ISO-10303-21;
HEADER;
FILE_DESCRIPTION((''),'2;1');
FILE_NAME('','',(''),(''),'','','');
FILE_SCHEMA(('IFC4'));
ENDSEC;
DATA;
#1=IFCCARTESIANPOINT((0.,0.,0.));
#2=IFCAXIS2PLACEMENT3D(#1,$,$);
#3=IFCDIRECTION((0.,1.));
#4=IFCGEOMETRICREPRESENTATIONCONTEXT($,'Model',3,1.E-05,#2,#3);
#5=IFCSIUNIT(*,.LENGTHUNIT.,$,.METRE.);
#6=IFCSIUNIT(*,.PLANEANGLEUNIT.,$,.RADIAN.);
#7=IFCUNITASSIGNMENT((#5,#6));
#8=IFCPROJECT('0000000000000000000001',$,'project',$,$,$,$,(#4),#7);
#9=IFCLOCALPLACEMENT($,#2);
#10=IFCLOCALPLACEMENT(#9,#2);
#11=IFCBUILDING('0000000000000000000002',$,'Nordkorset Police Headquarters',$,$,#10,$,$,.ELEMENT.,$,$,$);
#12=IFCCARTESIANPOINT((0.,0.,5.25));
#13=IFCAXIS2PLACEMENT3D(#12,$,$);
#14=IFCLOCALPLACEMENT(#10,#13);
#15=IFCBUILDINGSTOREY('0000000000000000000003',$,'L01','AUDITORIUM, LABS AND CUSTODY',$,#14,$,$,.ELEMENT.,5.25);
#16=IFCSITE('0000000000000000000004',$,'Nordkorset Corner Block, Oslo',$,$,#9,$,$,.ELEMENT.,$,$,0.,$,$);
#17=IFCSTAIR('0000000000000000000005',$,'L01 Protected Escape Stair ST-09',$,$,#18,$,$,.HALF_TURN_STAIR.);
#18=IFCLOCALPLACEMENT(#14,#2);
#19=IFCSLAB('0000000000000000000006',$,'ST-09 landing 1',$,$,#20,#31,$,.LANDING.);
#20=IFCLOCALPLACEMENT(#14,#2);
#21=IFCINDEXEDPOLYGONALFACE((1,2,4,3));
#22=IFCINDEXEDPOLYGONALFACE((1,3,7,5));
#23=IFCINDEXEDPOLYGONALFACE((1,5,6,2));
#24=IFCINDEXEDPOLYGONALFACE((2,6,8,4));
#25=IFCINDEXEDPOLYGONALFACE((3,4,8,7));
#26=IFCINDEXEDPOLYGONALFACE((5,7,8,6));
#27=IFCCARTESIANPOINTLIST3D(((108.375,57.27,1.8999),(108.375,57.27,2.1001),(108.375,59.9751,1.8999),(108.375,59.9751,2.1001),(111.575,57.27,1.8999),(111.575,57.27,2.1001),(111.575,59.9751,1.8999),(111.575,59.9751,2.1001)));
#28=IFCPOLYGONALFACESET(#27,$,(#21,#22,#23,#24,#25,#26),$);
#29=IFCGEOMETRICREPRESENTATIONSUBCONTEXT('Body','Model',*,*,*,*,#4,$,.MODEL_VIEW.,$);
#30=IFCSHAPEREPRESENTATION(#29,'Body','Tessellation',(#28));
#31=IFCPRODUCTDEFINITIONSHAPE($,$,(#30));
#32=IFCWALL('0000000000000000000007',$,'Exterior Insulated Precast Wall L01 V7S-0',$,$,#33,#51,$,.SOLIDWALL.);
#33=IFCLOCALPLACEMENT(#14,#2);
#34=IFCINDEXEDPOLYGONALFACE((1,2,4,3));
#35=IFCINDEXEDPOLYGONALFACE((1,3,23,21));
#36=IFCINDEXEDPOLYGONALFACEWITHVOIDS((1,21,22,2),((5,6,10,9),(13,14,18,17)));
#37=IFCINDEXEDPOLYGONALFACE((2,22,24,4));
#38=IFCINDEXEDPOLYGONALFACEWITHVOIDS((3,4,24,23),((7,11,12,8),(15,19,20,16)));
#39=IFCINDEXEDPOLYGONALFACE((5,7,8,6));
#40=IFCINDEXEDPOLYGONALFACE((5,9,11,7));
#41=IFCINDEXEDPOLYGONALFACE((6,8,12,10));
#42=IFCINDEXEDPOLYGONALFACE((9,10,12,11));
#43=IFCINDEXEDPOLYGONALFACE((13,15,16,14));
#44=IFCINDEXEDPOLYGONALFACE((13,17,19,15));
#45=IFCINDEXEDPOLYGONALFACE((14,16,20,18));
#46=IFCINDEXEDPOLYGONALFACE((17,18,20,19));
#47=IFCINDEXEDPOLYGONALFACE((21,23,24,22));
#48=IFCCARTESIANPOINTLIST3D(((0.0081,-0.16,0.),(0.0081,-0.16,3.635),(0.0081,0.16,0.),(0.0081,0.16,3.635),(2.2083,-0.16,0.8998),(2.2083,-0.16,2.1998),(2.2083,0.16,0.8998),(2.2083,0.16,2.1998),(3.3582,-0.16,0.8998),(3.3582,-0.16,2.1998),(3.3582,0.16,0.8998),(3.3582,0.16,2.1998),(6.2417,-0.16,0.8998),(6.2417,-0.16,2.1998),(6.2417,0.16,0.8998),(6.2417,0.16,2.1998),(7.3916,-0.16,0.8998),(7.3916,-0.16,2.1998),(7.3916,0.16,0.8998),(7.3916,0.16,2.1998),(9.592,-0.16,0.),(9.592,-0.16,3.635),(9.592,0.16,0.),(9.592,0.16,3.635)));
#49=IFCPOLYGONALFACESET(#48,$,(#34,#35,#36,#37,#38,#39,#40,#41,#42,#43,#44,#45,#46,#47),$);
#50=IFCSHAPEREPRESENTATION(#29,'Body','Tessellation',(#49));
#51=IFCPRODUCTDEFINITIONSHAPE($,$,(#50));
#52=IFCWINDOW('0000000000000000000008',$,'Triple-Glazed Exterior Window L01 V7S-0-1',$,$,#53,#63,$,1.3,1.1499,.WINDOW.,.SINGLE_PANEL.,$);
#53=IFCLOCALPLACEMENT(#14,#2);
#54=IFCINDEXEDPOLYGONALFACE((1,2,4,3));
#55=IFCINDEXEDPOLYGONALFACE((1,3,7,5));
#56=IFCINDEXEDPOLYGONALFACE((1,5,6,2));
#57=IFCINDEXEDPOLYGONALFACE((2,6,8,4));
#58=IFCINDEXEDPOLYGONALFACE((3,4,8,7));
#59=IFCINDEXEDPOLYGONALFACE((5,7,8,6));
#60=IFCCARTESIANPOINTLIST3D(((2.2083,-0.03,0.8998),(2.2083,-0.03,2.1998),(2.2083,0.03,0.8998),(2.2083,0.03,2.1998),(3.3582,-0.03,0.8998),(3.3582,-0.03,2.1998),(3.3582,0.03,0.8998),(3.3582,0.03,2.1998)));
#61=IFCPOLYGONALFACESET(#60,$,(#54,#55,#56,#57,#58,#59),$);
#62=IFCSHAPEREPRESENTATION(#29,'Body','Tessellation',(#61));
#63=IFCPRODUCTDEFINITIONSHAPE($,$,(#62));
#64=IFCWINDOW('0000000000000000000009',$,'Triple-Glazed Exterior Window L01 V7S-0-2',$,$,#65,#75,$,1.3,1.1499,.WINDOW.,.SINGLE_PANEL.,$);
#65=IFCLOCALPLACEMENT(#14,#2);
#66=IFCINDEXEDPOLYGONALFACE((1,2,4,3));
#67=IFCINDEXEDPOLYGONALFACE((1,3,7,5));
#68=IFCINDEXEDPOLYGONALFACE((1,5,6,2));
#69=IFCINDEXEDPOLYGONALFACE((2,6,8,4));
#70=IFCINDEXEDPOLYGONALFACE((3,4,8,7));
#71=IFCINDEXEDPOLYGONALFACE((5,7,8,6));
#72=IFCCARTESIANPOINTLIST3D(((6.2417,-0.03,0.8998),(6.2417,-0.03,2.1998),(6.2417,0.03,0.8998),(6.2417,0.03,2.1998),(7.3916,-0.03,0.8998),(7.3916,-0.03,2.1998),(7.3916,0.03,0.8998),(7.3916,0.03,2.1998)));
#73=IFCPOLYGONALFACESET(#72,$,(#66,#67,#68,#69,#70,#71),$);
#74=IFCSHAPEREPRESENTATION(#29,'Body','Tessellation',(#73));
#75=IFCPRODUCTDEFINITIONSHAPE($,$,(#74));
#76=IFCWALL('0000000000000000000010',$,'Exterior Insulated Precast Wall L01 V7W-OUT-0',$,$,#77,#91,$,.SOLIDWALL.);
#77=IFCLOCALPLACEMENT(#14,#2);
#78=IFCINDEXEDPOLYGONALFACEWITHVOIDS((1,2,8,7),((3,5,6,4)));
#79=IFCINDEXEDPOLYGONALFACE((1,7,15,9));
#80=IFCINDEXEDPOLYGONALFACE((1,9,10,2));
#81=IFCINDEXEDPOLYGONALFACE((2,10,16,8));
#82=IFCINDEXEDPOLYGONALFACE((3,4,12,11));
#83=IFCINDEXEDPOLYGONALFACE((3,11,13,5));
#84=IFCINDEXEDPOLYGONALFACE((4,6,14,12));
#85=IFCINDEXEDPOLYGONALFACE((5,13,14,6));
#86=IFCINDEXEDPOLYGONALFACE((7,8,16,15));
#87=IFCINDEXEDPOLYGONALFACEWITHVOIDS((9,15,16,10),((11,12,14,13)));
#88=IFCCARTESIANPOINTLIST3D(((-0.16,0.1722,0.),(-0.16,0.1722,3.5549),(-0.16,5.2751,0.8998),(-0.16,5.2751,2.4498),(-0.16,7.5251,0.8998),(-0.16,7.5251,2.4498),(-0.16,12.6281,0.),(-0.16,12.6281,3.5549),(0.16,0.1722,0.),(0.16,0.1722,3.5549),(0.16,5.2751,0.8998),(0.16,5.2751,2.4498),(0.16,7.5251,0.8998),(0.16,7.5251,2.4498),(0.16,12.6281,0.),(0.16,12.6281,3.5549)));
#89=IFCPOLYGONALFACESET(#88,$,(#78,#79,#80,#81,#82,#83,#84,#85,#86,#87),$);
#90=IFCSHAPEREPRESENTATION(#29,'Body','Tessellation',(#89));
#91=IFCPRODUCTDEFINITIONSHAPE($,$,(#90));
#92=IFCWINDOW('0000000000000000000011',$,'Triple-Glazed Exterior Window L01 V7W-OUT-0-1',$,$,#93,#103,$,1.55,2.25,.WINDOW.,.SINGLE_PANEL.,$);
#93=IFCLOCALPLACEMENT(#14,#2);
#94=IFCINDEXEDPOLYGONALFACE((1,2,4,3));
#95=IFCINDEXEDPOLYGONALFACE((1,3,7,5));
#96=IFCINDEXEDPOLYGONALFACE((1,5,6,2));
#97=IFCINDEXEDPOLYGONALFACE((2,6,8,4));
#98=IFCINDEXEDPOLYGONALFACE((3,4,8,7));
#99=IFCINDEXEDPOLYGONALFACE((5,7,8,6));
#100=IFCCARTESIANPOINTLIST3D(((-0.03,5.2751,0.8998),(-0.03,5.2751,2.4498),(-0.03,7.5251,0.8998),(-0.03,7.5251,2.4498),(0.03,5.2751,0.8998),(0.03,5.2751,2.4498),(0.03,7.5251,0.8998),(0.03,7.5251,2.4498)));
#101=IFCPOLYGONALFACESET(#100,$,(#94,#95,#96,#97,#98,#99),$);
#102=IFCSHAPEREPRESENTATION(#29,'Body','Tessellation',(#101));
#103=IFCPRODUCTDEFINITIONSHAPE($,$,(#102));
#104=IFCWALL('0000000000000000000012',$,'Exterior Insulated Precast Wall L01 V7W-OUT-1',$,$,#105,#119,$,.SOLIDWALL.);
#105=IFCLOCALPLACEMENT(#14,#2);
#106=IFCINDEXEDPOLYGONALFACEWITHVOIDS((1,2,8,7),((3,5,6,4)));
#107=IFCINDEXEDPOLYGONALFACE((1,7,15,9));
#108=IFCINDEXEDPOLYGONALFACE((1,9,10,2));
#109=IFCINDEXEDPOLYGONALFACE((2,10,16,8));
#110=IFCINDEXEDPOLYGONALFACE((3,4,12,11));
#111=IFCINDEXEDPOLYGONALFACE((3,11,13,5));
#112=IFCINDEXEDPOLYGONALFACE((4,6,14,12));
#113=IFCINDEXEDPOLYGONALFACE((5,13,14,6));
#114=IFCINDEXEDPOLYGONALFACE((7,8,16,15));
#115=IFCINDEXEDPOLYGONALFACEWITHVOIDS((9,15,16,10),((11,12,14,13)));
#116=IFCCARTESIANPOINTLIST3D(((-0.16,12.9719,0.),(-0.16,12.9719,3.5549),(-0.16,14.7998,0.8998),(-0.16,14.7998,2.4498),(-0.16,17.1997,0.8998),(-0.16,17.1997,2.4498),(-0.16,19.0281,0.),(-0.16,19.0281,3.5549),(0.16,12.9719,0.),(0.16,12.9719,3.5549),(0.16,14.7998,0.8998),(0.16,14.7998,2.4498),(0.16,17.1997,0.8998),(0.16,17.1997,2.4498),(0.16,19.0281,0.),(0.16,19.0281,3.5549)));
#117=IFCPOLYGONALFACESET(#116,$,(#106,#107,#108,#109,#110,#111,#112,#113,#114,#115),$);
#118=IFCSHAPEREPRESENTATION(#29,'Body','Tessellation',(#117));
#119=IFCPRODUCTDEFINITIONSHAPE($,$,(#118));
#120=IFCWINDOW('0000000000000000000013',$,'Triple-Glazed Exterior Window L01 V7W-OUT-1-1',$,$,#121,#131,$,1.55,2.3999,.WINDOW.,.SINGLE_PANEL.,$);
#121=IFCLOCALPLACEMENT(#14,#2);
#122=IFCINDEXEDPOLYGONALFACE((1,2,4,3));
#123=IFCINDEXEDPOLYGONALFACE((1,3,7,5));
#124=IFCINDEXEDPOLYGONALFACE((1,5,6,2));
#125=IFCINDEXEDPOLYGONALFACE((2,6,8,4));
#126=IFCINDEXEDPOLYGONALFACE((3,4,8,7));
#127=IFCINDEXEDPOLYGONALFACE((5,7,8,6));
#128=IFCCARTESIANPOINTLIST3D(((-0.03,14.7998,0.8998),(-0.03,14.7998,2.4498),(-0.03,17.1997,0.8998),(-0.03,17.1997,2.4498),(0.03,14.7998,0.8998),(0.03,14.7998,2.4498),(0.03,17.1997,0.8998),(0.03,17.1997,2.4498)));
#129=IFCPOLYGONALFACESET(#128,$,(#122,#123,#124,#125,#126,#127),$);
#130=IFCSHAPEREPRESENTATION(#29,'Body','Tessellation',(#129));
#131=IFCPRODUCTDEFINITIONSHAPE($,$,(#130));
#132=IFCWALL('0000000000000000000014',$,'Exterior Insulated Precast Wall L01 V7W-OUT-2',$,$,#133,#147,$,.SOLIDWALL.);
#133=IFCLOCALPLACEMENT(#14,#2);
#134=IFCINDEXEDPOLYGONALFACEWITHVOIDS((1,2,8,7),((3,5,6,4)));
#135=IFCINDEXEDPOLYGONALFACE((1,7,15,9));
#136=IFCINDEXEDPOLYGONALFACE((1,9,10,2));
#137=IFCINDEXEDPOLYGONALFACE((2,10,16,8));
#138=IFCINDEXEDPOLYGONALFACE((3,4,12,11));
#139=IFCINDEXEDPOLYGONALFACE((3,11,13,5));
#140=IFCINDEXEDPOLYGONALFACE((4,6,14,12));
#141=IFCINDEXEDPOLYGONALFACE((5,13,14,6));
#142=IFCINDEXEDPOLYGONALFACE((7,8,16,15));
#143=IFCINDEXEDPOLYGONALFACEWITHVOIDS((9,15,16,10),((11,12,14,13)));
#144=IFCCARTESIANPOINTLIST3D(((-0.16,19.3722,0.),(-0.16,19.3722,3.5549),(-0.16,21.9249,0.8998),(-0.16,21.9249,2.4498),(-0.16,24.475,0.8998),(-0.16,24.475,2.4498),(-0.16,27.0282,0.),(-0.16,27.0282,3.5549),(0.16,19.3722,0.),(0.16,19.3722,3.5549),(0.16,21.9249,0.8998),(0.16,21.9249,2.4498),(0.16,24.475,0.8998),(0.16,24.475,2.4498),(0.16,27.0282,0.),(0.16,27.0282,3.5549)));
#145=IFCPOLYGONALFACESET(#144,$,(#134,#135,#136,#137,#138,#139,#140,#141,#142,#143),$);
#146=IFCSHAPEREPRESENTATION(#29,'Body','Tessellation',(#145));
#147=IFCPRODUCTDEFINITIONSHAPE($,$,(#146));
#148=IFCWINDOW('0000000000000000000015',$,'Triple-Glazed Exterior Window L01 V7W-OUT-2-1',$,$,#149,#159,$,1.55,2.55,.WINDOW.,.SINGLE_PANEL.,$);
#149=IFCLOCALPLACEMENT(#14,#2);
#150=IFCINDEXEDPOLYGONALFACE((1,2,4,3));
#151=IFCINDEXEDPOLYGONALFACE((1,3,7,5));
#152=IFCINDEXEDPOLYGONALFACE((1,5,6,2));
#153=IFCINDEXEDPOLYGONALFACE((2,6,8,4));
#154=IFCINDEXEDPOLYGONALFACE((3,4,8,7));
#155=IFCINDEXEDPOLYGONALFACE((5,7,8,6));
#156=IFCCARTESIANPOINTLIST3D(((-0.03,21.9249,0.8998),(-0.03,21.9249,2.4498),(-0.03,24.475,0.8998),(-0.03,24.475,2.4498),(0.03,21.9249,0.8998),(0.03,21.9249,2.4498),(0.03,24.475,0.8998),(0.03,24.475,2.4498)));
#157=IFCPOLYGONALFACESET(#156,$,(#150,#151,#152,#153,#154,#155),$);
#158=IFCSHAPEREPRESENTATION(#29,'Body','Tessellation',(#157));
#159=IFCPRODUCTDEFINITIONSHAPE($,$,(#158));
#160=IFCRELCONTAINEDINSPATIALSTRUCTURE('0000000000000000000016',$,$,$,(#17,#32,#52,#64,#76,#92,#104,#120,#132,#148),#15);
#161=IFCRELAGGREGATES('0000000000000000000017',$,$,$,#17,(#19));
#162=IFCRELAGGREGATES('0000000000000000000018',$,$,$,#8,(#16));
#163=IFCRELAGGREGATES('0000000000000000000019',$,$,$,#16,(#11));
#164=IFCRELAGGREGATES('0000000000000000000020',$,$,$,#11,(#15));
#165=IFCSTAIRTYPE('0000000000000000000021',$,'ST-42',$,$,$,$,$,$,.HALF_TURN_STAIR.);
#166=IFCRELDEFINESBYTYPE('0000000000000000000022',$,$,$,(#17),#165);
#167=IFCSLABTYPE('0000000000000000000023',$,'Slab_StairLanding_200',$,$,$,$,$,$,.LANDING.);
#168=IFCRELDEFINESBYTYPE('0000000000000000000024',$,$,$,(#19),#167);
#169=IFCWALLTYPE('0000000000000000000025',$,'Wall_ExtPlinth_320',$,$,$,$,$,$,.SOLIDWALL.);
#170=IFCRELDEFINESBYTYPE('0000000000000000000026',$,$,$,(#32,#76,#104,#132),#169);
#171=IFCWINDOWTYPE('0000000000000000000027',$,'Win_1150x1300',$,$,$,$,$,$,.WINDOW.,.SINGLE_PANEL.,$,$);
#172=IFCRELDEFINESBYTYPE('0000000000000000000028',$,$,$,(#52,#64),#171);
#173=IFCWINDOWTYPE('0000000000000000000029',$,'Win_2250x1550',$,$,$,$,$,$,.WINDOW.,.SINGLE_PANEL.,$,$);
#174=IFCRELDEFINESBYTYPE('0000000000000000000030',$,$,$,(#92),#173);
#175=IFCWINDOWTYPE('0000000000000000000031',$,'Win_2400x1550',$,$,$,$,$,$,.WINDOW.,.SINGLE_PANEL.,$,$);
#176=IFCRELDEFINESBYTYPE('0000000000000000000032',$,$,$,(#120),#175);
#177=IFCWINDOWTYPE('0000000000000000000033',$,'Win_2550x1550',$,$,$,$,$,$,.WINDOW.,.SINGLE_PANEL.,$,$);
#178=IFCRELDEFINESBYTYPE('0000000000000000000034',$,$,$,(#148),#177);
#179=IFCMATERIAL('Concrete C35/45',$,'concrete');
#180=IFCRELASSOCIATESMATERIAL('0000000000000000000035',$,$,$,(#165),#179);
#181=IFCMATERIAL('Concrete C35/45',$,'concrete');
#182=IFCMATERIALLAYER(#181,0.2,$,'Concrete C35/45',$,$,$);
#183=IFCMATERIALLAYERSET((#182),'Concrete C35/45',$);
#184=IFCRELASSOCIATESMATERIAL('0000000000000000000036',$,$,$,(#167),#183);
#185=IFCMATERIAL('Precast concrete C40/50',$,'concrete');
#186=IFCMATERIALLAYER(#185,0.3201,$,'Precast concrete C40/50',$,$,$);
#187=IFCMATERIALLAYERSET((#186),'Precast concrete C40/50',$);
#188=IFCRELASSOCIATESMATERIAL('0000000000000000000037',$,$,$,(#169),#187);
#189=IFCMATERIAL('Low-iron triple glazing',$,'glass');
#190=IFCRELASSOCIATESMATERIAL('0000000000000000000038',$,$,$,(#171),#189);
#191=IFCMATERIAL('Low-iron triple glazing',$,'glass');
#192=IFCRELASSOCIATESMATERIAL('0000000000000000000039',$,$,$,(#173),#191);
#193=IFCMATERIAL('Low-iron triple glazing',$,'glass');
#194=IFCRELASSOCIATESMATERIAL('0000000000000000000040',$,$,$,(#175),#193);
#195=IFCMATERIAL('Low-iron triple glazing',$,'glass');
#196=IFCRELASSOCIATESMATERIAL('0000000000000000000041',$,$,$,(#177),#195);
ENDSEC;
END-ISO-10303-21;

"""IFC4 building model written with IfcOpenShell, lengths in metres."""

from ifc_helpers import new_model, si_unit, direction, frame, frame_2d, origin, place, context, subcontext, project, spatial, polyline, rectangle, outline, extrude, material, layer, layer_set, type_object, element, fill, aggregate, save


model = new_model("IFC4")

# Units and contexts
model_context = context("Model", 3, precision=1e-05, world=origin(), true_north=direction((0.0, 1.0)))
body_context = subcontext(model_context, "Body", "Model", "MODEL_VIEW")
ifc_project = project(units=[si_unit("LENGTHUNIT", "METRE"), si_unit("PLANEANGLEUNIT", "RADIAN")], contexts=[model_context])

# Site, building, storey
site_placement = place(None, origin())
site = spatial("IfcSite", under=ifc_project, at=site_placement, Name="Nordkorset Corner Block, Oslo", CompositionType="ELEMENT", RefElevation=0.0)
building_placement = place(site_placement, origin())
building = spatial("IfcBuilding", under=site, at=building_placement, Name="Nordkorset Police Headquarters", CompositionType="ELEMENT")
storey_placement = place(building_placement, frame((0.0, 0.0, 5.25)))
storey = spatial("IfcBuildingStorey", under=building, at=storey_placement, Name="L01", Description="AUDITORIUM, LABS AND CUSTODY", CompositionType="ELEMENT", Elevation=5.25)

# Stair, slab
ifc_material_1 = material(Name="Concrete C35/45", Category="concrete")
stair_type = type_object("IfcStairType", Name="ST-42", PredefinedType="HALF_TURN_STAIR", material=ifc_material_1)
stair_placement = place(storey_placement, origin())
stair = element("IfcStair", 1, at=stair_placement, inside=storey, type_object=stair_type, Name="L01 Protected Escape Stair ST-09", PredefinedType="HALF_TURN_STAIR")
ifc_material_2 = material(Name="Concrete C35/45", Category="concrete")
ifc_layer_1 = layer(ifc_material_2, 0.2, Name="Concrete C35/45")
ifc_layer_set_1 = layer_set([ifc_layer_1], Name="Concrete C35/45")
slab_type = type_object("IfcSlabType", Name="Slab_StairLanding_200", PredefinedType="LANDING", material=ifc_layer_set_1)
slab_placement = place(storey_placement, frame((0.0, 0.0, 1.8999)))
slab = element("IfcSlab", 2, at=slab_placement, type_object=slab_type, Name="ST-09 landing 1", PredefinedType="LANDING", context=body_context, shape_type="SweptSolid", body=[
    extrude(outline(polyline([(111.575, 57.27), (111.575, 59.9751), (108.375, 59.9751), (108.375, 57.27), (111.575, 57.27)])), origin(), (0.0, 0.0, 1.0), 0.2002),
])
aggregate(stair, [slab])

# Wall, openings, windows
ifc_material_3 = material(Name="Precast concrete C40/50", Category="concrete")
ifc_layer_2 = layer(ifc_material_3, 0.3201, Name="Precast concrete C40/50")
ifc_layer_set_2 = layer_set([ifc_layer_2], Name="Precast concrete C40/50")
wall_type_1 = type_object("IfcWallType", Name="Wall_ExtPlinth_320", PredefinedType="SOLIDWALL", material=ifc_layer_set_2)
wall_1_placement = place(storey_placement, frame((0.0081, 0.0, 0.0), z_axis=(0.0, 0.0, 1.0), x_axis=(1.0, 0.0, 0.0)))
wall_1 = element("IfcWall", 3, at=wall_1_placement, inside=storey, type_object=wall_type_1, Name="Exterior Insulated Precast Wall L01 V7S-0", PredefinedType="SOLIDWALL", context=body_context, shape_type="SweptSolid", body=[
    extrude(rectangle(XDim=9.584, YDim=0.3201, at=frame_2d((4.792, 0.0))), origin(), (0.0, 0.0, 1.0), 3.635),
])
opening_1_placement = place(wall_1_placement, frame((2.2002, 0.0, 0.8999)))
opening_1 = element("IfcOpeningElement", 4, at=opening_1_placement, cuts=wall_1, PredefinedType="OPENING", context=body_context, shape_type="SweptSolid", body=[
    extrude(rectangle(XDim=1.1499, YDim=1.3, at=frame_2d((0.575, 0.6499))), frame((0.0, 0.1699, 0.0), z_axis=(0.0, -1.0, 0.0), x_axis=(1.0, 0.0, 0.0)), (0.0, 0.0, 1.0), 0.3401),
])
opening_2_placement = place(wall_1_placement, frame((6.2336, 0.0, 0.8999)))
opening_2 = element("IfcOpeningElement", 5, at=opening_2_placement, cuts=wall_1, PredefinedType="OPENING", context=body_context, shape_type="SweptSolid", body=[
    extrude(rectangle(XDim=1.1499, YDim=1.3, at=frame_2d((0.575, 0.6499))), frame((0.0, 0.1699, 0.0), z_axis=(0.0, -1.0, 0.0), x_axis=(1.0, 0.0, 0.0)), (0.0, 0.0, 1.0), 0.3401),
])
ifc_material_4 = material(Name="Low-iron triple glazing", Category="glass")
window_type_1 = type_object("IfcWindowType", Name="Win_1150x1300", PartitioningType="SINGLE_PANEL", PredefinedType="WINDOW", material=ifc_material_4)
window_1_placement = place(opening_1_placement, origin())
window_1 = element("IfcWindow", 6, at=window_1_placement, inside=storey, type_object=window_type_1, Name="Triple-Glazed Exterior Window L01 V7S-0-1", OverallHeight=1.3, OverallWidth=1.1499, PartitioningType="SINGLE_PANEL", PredefinedType="WINDOW", context=body_context, shape_type="SweptSolid", body=[
    extrude(rectangle(XDim=1.1499, YDim=1.3, at=frame_2d((0.575, 0.6499))), frame((0.0, 0.03, 0.0), z_axis=(0.0, -1.0, 0.0), x_axis=(1.0, 0.0, 0.0)), (0.0, 0.0, 1.0), 0.0601),
])
fill(opening_1, window_1)
window_2_placement = place(opening_2_placement, origin())
window_2 = element("IfcWindow", 7, at=window_2_placement, inside=storey, type_object=window_type_1, Name="Triple-Glazed Exterior Window L01 V7S-0-2", OverallHeight=1.3, OverallWidth=1.1499, PartitioningType="SINGLE_PANEL", PredefinedType="WINDOW", context=body_context, shape_type="SweptSolid", body=[
    extrude(rectangle(XDim=1.1499, YDim=1.3, at=frame_2d((0.575, 0.6499))), frame((0.0, 0.03, 0.0), z_axis=(0.0, -1.0, 0.0), x_axis=(1.0, 0.0, 0.0)), (0.0, 0.0, 1.0), 0.0601),
])
fill(opening_2, window_2)

# Walls, openings, windows
wall_2_placement = place(storey_placement, frame((0.0, 0.1721, 0.0), z_axis=(0.0, 0.0, 1.0), x_axis=(0.0, 1.0, 0.0)))
wall_2 = element("IfcWall", 8, at=wall_2_placement, inside=storey, type_object=wall_type_1, Name="Exterior Insulated Precast Wall L01 V7W-OUT-0", PredefinedType="SOLIDWALL", context=body_context, shape_type="SweptSolid", body=[
    extrude(rectangle(XDim=12.4558, YDim=0.3201, at=frame_2d((6.228, 0.0))), origin(), (0.0, 0.0, 1.0), 3.5549),
])
opening_3_placement = place(wall_2_placement, frame((5.103, 0.0, 0.8999)))
opening_3 = element("IfcOpeningElement", 9, at=opening_3_placement, cuts=wall_2, PredefinedType="OPENING", context=body_context, shape_type="SweptSolid", body=[
    extrude(rectangle(XDim=2.25, YDim=1.55, at=frame_2d((1.125, 0.7749))), frame((0.0, 0.1699, 0.0), z_axis=(0.0, -1.0, 0.0), x_axis=(1.0, 0.0, 0.0)), (0.0, 0.0, 1.0), 0.3401),
])
ifc_material_5 = material(Name="Low-iron triple glazing", Category="glass")
window_type_2 = type_object("IfcWindowType", Name="Win_2250x1550", PartitioningType="SINGLE_PANEL", PredefinedType="WINDOW", material=ifc_material_5)
window_3_placement = place(opening_3_placement, origin())
window_3 = element("IfcWindow", 10, at=window_3_placement, inside=storey, type_object=window_type_2, Name="Triple-Glazed Exterior Window L01 V7W-OUT-0-1", OverallHeight=1.55, OverallWidth=2.25, PartitioningType="SINGLE_PANEL", PredefinedType="WINDOW", context=body_context, shape_type="SweptSolid", body=[
    extrude(rectangle(XDim=2.25, YDim=1.55, at=frame_2d((1.125, 0.7749))), frame((0.0, 0.03, 0.0), z_axis=(0.0, -1.0, 0.0), x_axis=(1.0, 0.0, 0.0)), (0.0, 0.0, 1.0), 0.0601),
])
fill(opening_3, window_3)
wall_3_placement = place(storey_placement, frame((0.0, 12.9719, 0.0), z_axis=(0.0, 0.0, 1.0), x_axis=(0.0, 1.0, 0.0)))
wall_3 = element("IfcWall", 11, at=wall_3_placement, inside=storey, type_object=wall_type_1, Name="Exterior Insulated Precast Wall L01 V7W-OUT-1", PredefinedType="SOLIDWALL", context=body_context, shape_type="SweptSolid", body=[
    extrude(rectangle(XDim=6.0562, YDim=0.3201, at=frame_2d((3.0281, 0.0))), origin(), (0.0, 0.0, 1.0), 3.5549),
])
opening_4_placement = place(wall_3_placement, frame((1.8279, 0.0, 0.8999)))
opening_4 = element("IfcOpeningElement", 12, at=opening_4_placement, cuts=wall_3, PredefinedType="OPENING", context=body_context, shape_type="SweptSolid", body=[
    extrude(rectangle(XDim=2.3999, YDim=1.55, at=frame_2d((1.2, 0.7749))), frame((0.0, 0.1699, 0.0), z_axis=(0.0, -1.0, 0.0), x_axis=(1.0, 0.0, 0.0)), (0.0, 0.0, 1.0), 0.3401),
])
ifc_material_6 = material(Name="Low-iron triple glazing", Category="glass")
window_type_3 = type_object("IfcWindowType", Name="Win_2400x1550", PartitioningType="SINGLE_PANEL", PredefinedType="WINDOW", material=ifc_material_6)
window_4_placement = place(opening_4_placement, origin())
window_4 = element("IfcWindow", 13, at=window_4_placement, inside=storey, type_object=window_type_3, Name="Triple-Glazed Exterior Window L01 V7W-OUT-1-1", OverallHeight=1.55, OverallWidth=2.3999, PartitioningType="SINGLE_PANEL", PredefinedType="WINDOW", context=body_context, shape_type="SweptSolid", body=[
    extrude(rectangle(XDim=2.3999, YDim=1.55, at=frame_2d((1.2, 0.7749))), frame((0.0, 0.03, 0.0), z_axis=(0.0, -1.0, 0.0), x_axis=(1.0, 0.0, 0.0)), (0.0, 0.0, 1.0), 0.0601),
])
fill(opening_4, window_4)
wall_4_placement = place(storey_placement, frame((0.0, 19.3721, 0.0), z_axis=(0.0, 0.0, 1.0), x_axis=(0.0, 1.0, 0.0)))
wall_4 = element("IfcWall", 14, at=wall_4_placement, inside=storey, type_object=wall_type_1, Name="Exterior Insulated Precast Wall L01 V7W-OUT-2", PredefinedType="SOLIDWALL", context=body_context, shape_type="SweptSolid", body=[
    extrude(rectangle(XDim=7.656, YDim=0.3201, at=frame_2d((3.8281, 0.0))), origin(), (0.0, 0.0, 1.0), 3.5549),
])
opening_5_placement = place(wall_4_placement, frame((2.553, 0.0, 0.8999)))
opening_5 = element("IfcOpeningElement", 15, at=opening_5_placement, cuts=wall_4, PredefinedType="OPENING", context=body_context, shape_type="SweptSolid", body=[
    extrude(rectangle(XDim=2.55, YDim=1.55, at=frame_2d((1.2749, 0.7749))), frame((0.0, 0.1699, 0.0), z_axis=(0.0, -1.0, 0.0), x_axis=(1.0, 0.0, 0.0)), (0.0, 0.0, 1.0), 0.3401),
])
ifc_material_7 = material(Name="Low-iron triple glazing", Category="glass")
window_type_4 = type_object("IfcWindowType", Name="Win_2550x1550", PartitioningType="SINGLE_PANEL", PredefinedType="WINDOW", material=ifc_material_7)
window_5_placement = place(opening_5_placement, origin())
window_5 = element("IfcWindow", 16, at=window_5_placement, inside=storey, type_object=window_type_4, Name="Triple-Glazed Exterior Window L01 V7W-OUT-2-1", OverallHeight=1.55, OverallWidth=2.55, PartitioningType="SINGLE_PANEL", PredefinedType="WINDOW", context=body_context, shape_type="SweptSolid", body=[
    extrude(rectangle(XDim=2.55, YDim=1.55, at=frame_2d((1.2749, 0.7749))), frame((0.0, 0.03, 0.0), z_axis=(0.0, -1.0, 0.0), x_axis=(1.0, 0.0, 0.0)), (0.0, 0.0, 1.0), 0.0601),
])
fill(opening_5, window_5)

save(model, "model.ifc")
